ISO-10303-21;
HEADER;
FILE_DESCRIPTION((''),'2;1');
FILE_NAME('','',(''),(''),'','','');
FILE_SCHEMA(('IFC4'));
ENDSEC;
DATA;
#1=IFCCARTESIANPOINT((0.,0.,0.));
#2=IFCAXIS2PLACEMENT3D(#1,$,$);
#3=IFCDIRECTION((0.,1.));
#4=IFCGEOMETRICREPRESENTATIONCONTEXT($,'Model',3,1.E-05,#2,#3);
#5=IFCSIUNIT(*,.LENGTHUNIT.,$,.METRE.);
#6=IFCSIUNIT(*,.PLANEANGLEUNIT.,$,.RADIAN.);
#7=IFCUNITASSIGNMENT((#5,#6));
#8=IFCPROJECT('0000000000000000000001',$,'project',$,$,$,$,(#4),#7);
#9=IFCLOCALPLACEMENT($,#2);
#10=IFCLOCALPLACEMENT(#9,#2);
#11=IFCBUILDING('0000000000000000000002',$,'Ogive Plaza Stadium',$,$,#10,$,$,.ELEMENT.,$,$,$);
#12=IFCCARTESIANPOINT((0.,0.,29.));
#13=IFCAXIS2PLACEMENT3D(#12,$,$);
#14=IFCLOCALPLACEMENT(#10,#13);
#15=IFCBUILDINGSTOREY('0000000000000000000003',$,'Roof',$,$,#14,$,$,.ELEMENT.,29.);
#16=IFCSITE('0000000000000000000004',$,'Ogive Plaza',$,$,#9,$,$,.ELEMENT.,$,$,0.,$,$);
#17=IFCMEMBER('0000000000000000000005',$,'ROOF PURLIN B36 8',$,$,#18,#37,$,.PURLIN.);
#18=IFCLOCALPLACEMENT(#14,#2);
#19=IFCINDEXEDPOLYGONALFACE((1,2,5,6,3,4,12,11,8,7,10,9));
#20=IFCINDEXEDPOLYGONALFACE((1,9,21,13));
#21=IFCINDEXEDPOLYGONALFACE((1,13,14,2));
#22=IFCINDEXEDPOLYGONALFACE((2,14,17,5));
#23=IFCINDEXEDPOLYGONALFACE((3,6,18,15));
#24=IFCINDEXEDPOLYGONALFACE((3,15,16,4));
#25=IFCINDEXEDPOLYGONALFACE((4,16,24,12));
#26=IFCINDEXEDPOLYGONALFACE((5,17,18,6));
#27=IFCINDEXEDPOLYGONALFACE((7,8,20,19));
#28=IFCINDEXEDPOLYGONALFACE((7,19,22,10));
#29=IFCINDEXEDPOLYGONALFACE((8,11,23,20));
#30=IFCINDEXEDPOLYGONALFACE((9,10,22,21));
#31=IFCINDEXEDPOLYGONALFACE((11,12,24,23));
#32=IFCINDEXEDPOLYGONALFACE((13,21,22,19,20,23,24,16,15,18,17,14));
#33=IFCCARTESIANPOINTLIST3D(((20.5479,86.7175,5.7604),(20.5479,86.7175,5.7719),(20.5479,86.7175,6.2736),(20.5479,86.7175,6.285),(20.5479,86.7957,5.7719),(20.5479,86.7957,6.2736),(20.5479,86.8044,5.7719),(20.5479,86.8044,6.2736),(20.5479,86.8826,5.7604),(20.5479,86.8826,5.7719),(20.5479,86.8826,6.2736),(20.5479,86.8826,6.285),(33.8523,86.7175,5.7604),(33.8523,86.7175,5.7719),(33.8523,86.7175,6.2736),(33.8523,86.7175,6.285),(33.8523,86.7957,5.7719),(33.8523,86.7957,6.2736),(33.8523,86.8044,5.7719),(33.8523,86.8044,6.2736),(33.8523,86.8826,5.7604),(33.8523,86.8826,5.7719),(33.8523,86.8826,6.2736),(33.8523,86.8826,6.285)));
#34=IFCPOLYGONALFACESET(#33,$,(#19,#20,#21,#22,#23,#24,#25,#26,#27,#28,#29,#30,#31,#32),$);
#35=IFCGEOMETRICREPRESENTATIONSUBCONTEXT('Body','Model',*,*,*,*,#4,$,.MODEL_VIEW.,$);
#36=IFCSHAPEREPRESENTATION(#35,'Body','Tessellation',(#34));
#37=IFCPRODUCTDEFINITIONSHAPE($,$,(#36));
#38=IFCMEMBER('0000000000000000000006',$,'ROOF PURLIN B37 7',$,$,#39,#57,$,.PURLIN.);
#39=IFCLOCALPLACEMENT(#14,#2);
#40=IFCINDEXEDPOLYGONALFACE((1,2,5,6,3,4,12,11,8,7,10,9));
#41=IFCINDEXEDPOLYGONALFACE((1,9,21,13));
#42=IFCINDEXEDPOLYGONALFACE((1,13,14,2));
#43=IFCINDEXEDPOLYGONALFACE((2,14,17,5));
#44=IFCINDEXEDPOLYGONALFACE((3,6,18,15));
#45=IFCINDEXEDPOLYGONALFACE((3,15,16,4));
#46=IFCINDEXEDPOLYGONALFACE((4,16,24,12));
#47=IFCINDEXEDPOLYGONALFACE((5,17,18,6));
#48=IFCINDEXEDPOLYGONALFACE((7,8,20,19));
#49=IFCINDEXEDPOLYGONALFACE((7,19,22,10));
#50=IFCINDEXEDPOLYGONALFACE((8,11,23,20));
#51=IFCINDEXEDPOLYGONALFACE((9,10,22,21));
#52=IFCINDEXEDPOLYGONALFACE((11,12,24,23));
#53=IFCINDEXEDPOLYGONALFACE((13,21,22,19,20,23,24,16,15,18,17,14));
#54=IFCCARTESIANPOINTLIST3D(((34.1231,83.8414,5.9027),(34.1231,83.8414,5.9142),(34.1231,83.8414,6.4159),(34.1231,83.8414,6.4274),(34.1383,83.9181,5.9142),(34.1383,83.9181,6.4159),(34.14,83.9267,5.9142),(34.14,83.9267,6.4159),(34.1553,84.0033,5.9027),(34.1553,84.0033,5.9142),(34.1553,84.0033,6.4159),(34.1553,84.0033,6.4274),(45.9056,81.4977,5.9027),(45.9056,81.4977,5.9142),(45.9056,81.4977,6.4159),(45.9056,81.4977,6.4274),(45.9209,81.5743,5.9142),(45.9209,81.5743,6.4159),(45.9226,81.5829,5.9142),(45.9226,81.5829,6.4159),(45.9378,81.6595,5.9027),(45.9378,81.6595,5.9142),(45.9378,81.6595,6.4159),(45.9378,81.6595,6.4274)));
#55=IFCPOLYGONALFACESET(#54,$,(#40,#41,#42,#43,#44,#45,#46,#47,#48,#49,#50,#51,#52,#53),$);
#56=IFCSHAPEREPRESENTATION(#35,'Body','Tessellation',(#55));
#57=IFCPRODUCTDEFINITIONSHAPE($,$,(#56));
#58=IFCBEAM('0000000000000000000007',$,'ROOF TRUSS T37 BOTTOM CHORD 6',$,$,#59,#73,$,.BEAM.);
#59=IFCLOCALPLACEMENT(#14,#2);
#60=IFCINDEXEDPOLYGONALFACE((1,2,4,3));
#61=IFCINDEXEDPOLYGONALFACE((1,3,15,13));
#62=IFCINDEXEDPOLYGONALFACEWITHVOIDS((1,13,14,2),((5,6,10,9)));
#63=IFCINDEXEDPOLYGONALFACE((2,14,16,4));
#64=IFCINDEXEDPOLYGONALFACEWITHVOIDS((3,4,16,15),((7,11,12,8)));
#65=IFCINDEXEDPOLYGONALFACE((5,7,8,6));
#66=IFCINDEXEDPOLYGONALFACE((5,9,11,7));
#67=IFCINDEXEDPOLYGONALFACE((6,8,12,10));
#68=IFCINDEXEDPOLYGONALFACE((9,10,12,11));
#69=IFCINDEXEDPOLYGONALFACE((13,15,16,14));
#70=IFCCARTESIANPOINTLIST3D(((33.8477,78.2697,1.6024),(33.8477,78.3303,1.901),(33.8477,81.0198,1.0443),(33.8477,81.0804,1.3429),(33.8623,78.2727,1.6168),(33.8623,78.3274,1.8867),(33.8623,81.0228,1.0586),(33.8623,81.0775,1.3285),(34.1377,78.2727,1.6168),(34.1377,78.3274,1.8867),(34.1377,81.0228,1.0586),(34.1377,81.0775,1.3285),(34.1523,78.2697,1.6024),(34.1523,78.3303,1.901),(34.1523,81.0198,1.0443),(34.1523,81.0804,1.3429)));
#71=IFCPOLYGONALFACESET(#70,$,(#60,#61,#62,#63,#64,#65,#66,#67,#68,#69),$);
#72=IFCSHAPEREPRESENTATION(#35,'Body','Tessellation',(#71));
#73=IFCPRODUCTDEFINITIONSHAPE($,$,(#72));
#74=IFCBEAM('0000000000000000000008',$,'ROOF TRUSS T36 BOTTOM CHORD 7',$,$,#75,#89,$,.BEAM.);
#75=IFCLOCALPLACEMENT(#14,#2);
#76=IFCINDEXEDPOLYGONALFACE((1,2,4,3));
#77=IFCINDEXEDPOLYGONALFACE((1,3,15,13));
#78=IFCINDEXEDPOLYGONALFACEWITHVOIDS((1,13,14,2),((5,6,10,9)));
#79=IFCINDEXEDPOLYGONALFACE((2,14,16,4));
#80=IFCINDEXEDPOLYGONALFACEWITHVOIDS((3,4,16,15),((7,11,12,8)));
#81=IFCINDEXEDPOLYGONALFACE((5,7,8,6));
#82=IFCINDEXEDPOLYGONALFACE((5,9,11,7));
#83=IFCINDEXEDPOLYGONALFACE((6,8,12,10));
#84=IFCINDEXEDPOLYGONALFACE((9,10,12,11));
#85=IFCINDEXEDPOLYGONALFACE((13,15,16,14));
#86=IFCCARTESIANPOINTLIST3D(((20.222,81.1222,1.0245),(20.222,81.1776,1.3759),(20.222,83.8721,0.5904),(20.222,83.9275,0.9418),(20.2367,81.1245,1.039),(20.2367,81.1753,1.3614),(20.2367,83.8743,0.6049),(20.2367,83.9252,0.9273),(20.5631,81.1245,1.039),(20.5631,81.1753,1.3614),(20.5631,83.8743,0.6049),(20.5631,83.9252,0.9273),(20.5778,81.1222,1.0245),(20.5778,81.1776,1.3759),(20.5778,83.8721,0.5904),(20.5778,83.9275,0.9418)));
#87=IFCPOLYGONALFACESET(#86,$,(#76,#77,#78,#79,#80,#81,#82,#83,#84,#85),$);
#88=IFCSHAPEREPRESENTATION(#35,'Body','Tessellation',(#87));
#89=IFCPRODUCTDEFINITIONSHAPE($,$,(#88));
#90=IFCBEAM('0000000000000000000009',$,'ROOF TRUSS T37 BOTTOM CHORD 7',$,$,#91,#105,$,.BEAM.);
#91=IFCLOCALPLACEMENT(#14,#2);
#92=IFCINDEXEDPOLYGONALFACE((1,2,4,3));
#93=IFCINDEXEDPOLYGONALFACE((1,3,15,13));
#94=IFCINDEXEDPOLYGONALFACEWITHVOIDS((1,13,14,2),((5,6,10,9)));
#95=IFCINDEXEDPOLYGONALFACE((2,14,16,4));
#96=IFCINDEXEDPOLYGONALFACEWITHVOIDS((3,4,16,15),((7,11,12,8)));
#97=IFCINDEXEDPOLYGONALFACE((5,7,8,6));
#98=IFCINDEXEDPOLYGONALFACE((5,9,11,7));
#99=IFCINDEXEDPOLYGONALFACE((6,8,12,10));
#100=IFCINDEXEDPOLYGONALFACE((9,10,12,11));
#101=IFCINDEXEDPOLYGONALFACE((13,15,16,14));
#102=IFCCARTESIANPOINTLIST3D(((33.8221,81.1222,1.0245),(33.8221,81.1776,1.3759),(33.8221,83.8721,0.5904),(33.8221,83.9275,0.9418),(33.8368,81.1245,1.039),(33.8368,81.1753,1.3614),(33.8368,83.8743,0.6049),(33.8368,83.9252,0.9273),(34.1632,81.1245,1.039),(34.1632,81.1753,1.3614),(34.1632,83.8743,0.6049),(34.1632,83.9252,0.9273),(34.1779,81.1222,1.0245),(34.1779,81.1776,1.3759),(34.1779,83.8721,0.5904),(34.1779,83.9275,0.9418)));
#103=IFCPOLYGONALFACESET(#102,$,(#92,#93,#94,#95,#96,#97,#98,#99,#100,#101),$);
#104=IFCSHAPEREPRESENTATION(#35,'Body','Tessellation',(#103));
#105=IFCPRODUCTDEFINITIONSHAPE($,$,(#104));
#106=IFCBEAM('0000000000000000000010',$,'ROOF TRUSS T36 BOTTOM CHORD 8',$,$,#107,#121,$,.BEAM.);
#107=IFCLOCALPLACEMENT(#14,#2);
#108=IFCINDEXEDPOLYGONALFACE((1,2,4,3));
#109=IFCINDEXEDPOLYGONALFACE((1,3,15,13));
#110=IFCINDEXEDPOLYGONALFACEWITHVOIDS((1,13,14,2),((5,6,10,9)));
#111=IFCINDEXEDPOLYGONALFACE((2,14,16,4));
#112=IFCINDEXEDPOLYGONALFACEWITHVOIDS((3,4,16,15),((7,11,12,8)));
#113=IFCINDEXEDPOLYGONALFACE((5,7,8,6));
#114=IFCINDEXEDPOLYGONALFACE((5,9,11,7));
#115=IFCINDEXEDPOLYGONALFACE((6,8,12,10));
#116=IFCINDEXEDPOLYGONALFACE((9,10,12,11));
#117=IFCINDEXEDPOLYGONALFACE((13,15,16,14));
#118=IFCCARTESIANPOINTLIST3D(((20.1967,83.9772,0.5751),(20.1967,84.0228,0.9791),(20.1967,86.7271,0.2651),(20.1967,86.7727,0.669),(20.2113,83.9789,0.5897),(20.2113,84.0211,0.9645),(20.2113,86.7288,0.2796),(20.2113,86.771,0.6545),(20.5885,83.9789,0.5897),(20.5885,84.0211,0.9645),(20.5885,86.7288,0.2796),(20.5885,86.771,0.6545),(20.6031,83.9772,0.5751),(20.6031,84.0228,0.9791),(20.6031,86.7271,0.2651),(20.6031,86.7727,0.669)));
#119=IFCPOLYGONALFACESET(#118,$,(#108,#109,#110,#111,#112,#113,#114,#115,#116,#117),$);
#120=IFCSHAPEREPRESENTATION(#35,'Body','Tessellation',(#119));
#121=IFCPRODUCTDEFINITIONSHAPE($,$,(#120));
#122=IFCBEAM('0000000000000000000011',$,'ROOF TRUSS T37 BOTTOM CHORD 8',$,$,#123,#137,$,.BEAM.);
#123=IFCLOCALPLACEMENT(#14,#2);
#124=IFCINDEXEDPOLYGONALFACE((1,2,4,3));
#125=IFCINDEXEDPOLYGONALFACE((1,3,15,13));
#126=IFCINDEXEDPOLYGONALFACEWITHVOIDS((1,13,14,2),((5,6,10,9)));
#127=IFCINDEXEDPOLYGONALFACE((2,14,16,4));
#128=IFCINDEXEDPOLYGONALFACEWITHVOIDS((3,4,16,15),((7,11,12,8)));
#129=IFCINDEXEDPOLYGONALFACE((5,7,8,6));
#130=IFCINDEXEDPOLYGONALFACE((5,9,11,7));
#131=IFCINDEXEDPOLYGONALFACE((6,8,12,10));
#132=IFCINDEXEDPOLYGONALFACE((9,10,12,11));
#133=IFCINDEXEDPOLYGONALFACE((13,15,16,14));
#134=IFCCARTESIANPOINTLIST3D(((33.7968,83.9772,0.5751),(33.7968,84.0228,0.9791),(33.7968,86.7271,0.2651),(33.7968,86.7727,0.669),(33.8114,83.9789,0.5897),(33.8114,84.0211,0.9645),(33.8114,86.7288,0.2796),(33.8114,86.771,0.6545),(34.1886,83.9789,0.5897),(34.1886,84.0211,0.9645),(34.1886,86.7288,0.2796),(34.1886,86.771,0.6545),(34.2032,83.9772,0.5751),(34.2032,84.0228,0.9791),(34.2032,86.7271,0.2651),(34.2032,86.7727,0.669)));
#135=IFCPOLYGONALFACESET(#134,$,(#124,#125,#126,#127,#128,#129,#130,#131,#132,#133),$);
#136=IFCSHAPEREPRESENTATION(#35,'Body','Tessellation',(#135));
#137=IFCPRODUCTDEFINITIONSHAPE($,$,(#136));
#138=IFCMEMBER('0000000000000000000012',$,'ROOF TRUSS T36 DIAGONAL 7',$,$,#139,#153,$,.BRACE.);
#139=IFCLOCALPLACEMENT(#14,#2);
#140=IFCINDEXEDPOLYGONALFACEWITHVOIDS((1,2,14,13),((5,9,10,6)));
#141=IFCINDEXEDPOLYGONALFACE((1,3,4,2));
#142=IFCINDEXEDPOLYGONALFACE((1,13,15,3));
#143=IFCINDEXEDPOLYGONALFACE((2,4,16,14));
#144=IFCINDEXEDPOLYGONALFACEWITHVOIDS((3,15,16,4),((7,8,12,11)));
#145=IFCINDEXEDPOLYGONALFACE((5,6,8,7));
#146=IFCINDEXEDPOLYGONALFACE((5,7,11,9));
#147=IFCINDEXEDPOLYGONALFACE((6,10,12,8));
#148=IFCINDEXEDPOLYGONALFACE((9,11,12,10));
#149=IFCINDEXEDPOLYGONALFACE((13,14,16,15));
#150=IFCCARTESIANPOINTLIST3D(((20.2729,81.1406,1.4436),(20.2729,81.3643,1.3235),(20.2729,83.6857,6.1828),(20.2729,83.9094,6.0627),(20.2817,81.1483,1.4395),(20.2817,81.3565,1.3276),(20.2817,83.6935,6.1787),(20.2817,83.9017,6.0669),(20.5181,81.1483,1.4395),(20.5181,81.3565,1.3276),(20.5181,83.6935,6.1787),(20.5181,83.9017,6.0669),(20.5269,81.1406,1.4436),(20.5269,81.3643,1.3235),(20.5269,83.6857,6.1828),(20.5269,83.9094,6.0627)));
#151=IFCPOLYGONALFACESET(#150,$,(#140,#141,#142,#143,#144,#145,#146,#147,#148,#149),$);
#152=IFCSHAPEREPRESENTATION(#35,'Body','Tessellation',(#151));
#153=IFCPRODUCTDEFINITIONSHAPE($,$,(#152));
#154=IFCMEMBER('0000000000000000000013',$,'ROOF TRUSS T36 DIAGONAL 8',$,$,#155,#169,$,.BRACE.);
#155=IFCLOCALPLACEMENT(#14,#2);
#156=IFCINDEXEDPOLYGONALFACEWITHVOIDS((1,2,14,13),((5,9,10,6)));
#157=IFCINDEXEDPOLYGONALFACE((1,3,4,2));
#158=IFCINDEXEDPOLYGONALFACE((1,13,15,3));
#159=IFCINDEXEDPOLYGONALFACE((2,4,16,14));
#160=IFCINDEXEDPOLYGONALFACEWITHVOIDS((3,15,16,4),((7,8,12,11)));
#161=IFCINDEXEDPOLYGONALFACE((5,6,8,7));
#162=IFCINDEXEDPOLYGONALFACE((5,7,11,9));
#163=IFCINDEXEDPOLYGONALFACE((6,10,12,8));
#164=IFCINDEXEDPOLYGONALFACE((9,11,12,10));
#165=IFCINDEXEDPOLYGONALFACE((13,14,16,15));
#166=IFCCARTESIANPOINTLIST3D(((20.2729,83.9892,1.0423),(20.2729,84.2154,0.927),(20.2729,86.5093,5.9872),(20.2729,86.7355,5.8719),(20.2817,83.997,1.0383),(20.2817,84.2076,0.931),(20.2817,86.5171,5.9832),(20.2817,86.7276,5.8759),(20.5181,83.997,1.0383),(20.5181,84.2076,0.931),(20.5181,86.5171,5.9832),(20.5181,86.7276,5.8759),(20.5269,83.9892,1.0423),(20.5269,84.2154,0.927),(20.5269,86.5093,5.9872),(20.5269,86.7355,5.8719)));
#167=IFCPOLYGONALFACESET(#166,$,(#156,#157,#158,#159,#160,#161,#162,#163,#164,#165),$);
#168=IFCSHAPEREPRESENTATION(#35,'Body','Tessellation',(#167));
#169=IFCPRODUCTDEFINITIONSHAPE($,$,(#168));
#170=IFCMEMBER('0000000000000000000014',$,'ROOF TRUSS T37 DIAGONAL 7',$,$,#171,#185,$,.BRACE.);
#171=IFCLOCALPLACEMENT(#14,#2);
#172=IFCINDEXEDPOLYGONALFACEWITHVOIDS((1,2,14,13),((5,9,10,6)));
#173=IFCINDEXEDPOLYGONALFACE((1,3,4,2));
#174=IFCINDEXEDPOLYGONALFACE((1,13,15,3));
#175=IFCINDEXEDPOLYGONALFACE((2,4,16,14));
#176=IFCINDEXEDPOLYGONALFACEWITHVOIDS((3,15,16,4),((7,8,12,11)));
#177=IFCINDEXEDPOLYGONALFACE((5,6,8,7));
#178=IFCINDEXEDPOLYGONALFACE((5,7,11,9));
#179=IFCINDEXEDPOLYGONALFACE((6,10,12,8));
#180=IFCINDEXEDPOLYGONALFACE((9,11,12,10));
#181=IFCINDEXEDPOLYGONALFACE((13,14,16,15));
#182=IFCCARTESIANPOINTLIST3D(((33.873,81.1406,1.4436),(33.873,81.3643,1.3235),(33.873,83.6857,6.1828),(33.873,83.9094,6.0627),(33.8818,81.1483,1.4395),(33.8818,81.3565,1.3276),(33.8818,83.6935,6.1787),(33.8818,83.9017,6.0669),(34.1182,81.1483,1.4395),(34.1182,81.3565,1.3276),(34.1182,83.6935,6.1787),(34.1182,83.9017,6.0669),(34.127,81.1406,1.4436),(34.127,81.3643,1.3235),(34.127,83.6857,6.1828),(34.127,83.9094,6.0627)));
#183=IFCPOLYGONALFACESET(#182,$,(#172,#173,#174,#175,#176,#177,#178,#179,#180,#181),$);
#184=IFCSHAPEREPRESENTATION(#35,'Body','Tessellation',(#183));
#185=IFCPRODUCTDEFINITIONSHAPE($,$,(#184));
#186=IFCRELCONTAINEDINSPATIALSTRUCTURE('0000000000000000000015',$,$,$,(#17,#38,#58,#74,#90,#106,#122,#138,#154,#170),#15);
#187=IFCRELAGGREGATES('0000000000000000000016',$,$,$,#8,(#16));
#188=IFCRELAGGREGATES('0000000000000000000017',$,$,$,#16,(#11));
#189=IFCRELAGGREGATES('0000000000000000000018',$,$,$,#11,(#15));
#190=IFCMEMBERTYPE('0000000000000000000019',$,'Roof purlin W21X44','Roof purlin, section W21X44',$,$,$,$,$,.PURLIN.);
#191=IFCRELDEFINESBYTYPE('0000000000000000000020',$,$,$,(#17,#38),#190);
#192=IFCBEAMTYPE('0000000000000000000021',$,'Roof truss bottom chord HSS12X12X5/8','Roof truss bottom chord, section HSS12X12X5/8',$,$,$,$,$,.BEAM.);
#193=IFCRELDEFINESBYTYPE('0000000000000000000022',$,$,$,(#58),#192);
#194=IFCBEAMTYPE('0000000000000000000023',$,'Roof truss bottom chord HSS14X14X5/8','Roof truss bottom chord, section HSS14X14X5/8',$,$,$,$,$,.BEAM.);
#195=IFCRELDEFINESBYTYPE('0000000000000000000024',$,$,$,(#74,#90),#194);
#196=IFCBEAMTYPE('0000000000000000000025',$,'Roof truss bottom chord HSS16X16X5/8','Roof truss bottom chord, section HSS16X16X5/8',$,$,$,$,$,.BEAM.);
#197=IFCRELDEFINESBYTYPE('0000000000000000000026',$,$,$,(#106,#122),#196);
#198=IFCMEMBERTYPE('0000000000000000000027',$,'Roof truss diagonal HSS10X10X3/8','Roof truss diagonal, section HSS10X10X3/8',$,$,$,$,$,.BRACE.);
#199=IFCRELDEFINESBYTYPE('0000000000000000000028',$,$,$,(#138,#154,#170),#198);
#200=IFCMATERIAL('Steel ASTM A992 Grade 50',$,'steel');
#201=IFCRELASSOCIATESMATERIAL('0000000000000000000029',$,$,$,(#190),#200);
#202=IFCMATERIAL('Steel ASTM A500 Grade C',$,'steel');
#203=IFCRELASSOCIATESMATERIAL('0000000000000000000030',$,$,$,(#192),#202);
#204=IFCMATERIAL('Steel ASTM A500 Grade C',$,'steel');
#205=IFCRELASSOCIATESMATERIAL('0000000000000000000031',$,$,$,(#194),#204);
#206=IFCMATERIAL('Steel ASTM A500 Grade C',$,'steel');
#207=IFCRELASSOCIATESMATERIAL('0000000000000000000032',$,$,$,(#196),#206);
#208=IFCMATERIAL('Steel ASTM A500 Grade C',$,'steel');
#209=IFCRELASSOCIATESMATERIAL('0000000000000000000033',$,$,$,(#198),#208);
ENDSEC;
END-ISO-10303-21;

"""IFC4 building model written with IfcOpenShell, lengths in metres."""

from ifc_helpers import new_model, si_unit, direction, frame, origin, origin_2d, place, context, subcontext, project, spatial, hollow_rectangle, i_section, extrude, material, material_profile, profile_set, type_object, element, save


model = new_model("IFC4")

# Units and contexts
model_context = context("Model", 3, precision=1e-05, world=origin(), true_north=direction((0.0, 1.0)))
body_context = subcontext(model_context, "Body", "Model", "MODEL_VIEW")
ifc_project = project(units=[si_unit("LENGTHUNIT", "METRE"), si_unit("PLANEANGLEUNIT", "RADIAN")], contexts=[model_context])

# Site, building, storey
site_placement = place(None, origin())
site = spatial("IfcSite", under=ifc_project, at=site_placement, Name="Ogive Plaza", CompositionType="ELEMENT", RefElevation=0.0)
building_placement = place(site_placement, origin())
building = spatial("IfcBuilding", under=site, at=building_placement, Name="Ogive Plaza Stadium", CompositionType="ELEMENT")
storey_placement = place(building_placement, frame((0.0, 0.0, 29.0)))
storey = spatial("IfcBuildingStorey", under=building, at=storey_placement, Name="Roof", CompositionType="ELEMENT", Elevation=29.0)

# Members
ifc_material_1 = material(Name="Steel ASTM A992 Grade 50", Category="steel")
ifc_material_profile_1 = material_profile(ifc_material_1, i_section(OverallWidth=0.165, OverallDepth=0.5247, WebThickness=0.0088, FlangeThickness=0.0115, at=origin_2d()), Name="W21X44")
ifc_profile_set_1 = profile_set([ifc_material_profile_1], Name="Steel ASTM A992 Grade 50")
member_type_1 = type_object("IfcMemberType", Name="Roof purlin W21X44", Description="Roof purlin, section W21X44", PredefinedType="PURLIN", material=ifc_profile_set_1)
member_1_placement = place(storey_placement, frame((20.5479, 86.8, 6.0227), z_axis=(1.0, 0.0, 0.0), x_axis=(0.0, 1.0, 0.0)))
element("IfcMember", 1, at=member_1_placement, inside=storey, type_object=member_type_1, Name="ROOF PURLIN B36 8", PredefinedType="PURLIN", context=body_context, shape_type="SweptSolid", body=[
    extrude(i_section(OverallWidth=0.165, OverallDepth=0.5247, WebThickness=0.0088, FlangeThickness=0.0115, at=origin_2d()), origin(), (0.0, 0.0, 1.0), 13.3044),
])
member_2_placement = place(storey_placement, frame((34.1392, 83.9224, 6.165), z_axis=(0.980784, -0.195096, 0.0), x_axis=(0.195096, 0.980784, 0.0)))
element("IfcMember", 2, at=member_2_placement, inside=storey, type_object=member_type_1, Name="ROOF PURLIN B37 7", PredefinedType="PURLIN", context=body_context, shape_type="SweptSolid", body=[
    extrude(i_section(OverallWidth=0.165, OverallDepth=0.5247, WebThickness=0.0088, FlangeThickness=0.0115, at=origin_2d()), origin(), (0.0, 0.0, 1.0), 12.0134),
])

# Beams
ifc_material_2 = material(Name="Steel ASTM A500 Grade C", Category="steel")
ifc_material_profile_2 = material_profile(ifc_material_2, hollow_rectangle(XDim=0.3047, YDim=0.3047, WallThickness=0.0146, at=origin_2d()), Name="HSS12X12X5/8")
ifc_profile_set_2 = profile_set([ifc_material_profile_2], Name="Steel ASTM A500 Grade C")
beam_type_1 = type_object("IfcBeamType", Name="Roof truss bottom chord HSS12X12X5/8", Description="Roof truss bottom chord, section HSS12X12X5/8", PredefinedType="BEAM", material=ifc_profile_set_2)
beam_1_placement = place(storey_placement, frame((34.0, 78.3, 1.7517), z_axis=(0.0, 0.980021, -0.198893), x_axis=(-1.0, 0.0, 0.0)))
element("IfcBeam", 3, at=beam_1_placement, inside=storey, type_object=beam_type_1, Name="ROOF TRUSS T37 BOTTOM CHORD 6", PredefinedType="BEAM", context=body_context, shape_type="SweptSolid", body=[
    extrude(hollow_rectangle(XDim=0.3047, YDim=0.3047, WallThickness=0.0146, at=origin_2d()), origin(), (0.0, 0.0, 1.0), 2.8062),
])
ifc_material_3 = material(Name="Steel ASTM A500 Grade C", Category="steel")
ifc_material_profile_3 = material_profile(ifc_material_3, hollow_rectangle(XDim=0.3557, YDim=0.3557, WallThickness=0.0146, at=origin_2d()), Name="HSS14X14X5/8")
ifc_profile_set_3 = profile_set([ifc_material_profile_3], Name="Steel ASTM A500 Grade C")
beam_type_2 = type_object("IfcBeamType", Name="Roof truss bottom chord HSS14X14X5/8", Description="Roof truss bottom chord, section HSS14X14X5/8", PredefinedType="BEAM", material=ifc_profile_set_3)
for number, where, z_axis, x_axis, name in (
    (4, (20.3999, 81.1499, 1.2002), (0.0, 0.98777, -0.155918), (-1.0, 0.0, 0.0), "ROOF TRUSS T36 BOTTOM CHORD 7"),
    (5, (34.0, 81.1499, 1.2002), (0.0, 0.98777, -0.155918), (-1.0, 0.0, 0.0), "ROOF TRUSS T37 BOTTOM CHORD 7"),
):
    element("IfcBeam", number, at=place(storey_placement, frame(where, z_axis=z_axis, x_axis=x_axis)), inside=storey, type_object=beam_type_2, Name=name, PredefinedType="BEAM", context=body_context, shape_type="SweptSolid", body=[
        extrude(hollow_rectangle(XDim=0.3557, YDim=0.3557, WallThickness=0.0146, at=origin_2d()), origin(), (0.0, 0.0, 1.0), 2.7839),
    ])
ifc_material_4 = material(Name="Steel ASTM A500 Grade C", Category="steel")
ifc_material_profile_4 = material_profile(ifc_material_4, hollow_rectangle(XDim=0.4065, YDim=0.4065, WallThickness=0.0146, at=origin_2d()), Name="HSS16X16X5/8")
ifc_profile_set_4 = profile_set([ifc_material_profile_4], Name="Steel ASTM A500 Grade C")
beam_type_3 = type_object("IfcBeamType", Name="Roof truss bottom chord HSS16X16X5/8", Description="Roof truss bottom chord, section HSS16X16X5/8", PredefinedType="BEAM", material=ifc_profile_set_4)
for number, where, z_axis, x_axis, name in (
    (6, (20.3999, 84.0, 0.7771), (0.0, 0.993704, -0.112039), (-1.0, 0.0, 0.0), "ROOF TRUSS T36 BOTTOM CHORD 8"),
    (7, (34.0, 84.0, 0.7771), (0.0, 0.993704, -0.112039), (-1.0, 0.0, 0.0), "ROOF TRUSS T37 BOTTOM CHORD 8"),
):
    element("IfcBeam", number, at=place(storey_placement, frame(where, z_axis=z_axis, x_axis=x_axis)), inside=storey, type_object=beam_type_3, Name=name, PredefinedType="BEAM", context=body_context, shape_type="SweptSolid", body=[
        extrude(hollow_rectangle(XDim=0.4065, YDim=0.4065, WallThickness=0.0146, at=origin_2d()), origin(), (0.0, 0.0, 1.0), 2.7673),
    ])

# Members
ifc_material_5 = material(Name="Steel ASTM A500 Grade C", Category="steel")
ifc_material_profile_5 = material_profile(ifc_material_5, hollow_rectangle(XDim=0.2539, YDim=0.2539, WallThickness=0.0088, at=origin_2d()), Name="HSS10X10X3/8")
ifc_profile_set_5 = profile_set([ifc_material_profile_5], Name="Steel ASTM A500 Grade C")
member_type_2 = type_object("IfcMemberType", Name="Roof truss diagonal HSS10X10X3/8", Description="Roof truss diagonal, section HSS10X10X3/8", PredefinedType="BRACE", material=ifc_profile_set_5)
member_3_placement = place(storey_placement, frame((20.3999, 81.2524, 1.3835), z_axis=(0.0, 0.473128, 0.880994), x_axis=(-1.0, 0.0, 0.0)))
element("IfcMember", 8, at=member_3_placement, inside=storey, type_object=member_type_2, Name="ROOF TRUSS T36 DIAGONAL 7", PredefinedType="BRACE", context=body_context, shape_type="SweptSolid", body=[
    extrude(hollow_rectangle(XDim=0.2539, YDim=0.2539, WallThickness=0.0088, at=origin_2d()), origin(), (0.0, 0.0, 1.0), 5.3794),
])
member_4_placement = place(storey_placement, frame((20.3999, 84.1023, 0.9846), z_axis=(0.0, 0.454063, 0.89097), x_axis=(-1.0, 0.0, 0.0)))
element("IfcMember", 9, at=member_4_placement, inside=storey, type_object=member_type_2, Name="ROOF TRUSS T36 DIAGONAL 8", PredefinedType="BRACE", context=body_context, shape_type="SweptSolid", body=[
    extrude(hollow_rectangle(XDim=0.2539, YDim=0.2539, WallThickness=0.0088, at=origin_2d()), origin(), (0.0, 0.0, 1.0), 5.55),
])
member_5_placement = place(storey_placement, frame((34.0, 81.2524, 1.3835), z_axis=(0.0, 0.473128, 0.880994), x_axis=(-1.0, 0.0, 0.0)))
element("IfcMember", 10, at=member_5_placement, inside=storey, type_object=member_type_2, Name="ROOF TRUSS T37 DIAGONAL 7", PredefinedType="BRACE", context=body_context, shape_type="SweptSolid", body=[
    extrude(hollow_rectangle(XDim=0.2539, YDim=0.2539, WallThickness=0.0088, at=origin_2d()), origin(), (0.0, 0.0, 1.0), 5.3794),
])

save(model, "model.ifc")
